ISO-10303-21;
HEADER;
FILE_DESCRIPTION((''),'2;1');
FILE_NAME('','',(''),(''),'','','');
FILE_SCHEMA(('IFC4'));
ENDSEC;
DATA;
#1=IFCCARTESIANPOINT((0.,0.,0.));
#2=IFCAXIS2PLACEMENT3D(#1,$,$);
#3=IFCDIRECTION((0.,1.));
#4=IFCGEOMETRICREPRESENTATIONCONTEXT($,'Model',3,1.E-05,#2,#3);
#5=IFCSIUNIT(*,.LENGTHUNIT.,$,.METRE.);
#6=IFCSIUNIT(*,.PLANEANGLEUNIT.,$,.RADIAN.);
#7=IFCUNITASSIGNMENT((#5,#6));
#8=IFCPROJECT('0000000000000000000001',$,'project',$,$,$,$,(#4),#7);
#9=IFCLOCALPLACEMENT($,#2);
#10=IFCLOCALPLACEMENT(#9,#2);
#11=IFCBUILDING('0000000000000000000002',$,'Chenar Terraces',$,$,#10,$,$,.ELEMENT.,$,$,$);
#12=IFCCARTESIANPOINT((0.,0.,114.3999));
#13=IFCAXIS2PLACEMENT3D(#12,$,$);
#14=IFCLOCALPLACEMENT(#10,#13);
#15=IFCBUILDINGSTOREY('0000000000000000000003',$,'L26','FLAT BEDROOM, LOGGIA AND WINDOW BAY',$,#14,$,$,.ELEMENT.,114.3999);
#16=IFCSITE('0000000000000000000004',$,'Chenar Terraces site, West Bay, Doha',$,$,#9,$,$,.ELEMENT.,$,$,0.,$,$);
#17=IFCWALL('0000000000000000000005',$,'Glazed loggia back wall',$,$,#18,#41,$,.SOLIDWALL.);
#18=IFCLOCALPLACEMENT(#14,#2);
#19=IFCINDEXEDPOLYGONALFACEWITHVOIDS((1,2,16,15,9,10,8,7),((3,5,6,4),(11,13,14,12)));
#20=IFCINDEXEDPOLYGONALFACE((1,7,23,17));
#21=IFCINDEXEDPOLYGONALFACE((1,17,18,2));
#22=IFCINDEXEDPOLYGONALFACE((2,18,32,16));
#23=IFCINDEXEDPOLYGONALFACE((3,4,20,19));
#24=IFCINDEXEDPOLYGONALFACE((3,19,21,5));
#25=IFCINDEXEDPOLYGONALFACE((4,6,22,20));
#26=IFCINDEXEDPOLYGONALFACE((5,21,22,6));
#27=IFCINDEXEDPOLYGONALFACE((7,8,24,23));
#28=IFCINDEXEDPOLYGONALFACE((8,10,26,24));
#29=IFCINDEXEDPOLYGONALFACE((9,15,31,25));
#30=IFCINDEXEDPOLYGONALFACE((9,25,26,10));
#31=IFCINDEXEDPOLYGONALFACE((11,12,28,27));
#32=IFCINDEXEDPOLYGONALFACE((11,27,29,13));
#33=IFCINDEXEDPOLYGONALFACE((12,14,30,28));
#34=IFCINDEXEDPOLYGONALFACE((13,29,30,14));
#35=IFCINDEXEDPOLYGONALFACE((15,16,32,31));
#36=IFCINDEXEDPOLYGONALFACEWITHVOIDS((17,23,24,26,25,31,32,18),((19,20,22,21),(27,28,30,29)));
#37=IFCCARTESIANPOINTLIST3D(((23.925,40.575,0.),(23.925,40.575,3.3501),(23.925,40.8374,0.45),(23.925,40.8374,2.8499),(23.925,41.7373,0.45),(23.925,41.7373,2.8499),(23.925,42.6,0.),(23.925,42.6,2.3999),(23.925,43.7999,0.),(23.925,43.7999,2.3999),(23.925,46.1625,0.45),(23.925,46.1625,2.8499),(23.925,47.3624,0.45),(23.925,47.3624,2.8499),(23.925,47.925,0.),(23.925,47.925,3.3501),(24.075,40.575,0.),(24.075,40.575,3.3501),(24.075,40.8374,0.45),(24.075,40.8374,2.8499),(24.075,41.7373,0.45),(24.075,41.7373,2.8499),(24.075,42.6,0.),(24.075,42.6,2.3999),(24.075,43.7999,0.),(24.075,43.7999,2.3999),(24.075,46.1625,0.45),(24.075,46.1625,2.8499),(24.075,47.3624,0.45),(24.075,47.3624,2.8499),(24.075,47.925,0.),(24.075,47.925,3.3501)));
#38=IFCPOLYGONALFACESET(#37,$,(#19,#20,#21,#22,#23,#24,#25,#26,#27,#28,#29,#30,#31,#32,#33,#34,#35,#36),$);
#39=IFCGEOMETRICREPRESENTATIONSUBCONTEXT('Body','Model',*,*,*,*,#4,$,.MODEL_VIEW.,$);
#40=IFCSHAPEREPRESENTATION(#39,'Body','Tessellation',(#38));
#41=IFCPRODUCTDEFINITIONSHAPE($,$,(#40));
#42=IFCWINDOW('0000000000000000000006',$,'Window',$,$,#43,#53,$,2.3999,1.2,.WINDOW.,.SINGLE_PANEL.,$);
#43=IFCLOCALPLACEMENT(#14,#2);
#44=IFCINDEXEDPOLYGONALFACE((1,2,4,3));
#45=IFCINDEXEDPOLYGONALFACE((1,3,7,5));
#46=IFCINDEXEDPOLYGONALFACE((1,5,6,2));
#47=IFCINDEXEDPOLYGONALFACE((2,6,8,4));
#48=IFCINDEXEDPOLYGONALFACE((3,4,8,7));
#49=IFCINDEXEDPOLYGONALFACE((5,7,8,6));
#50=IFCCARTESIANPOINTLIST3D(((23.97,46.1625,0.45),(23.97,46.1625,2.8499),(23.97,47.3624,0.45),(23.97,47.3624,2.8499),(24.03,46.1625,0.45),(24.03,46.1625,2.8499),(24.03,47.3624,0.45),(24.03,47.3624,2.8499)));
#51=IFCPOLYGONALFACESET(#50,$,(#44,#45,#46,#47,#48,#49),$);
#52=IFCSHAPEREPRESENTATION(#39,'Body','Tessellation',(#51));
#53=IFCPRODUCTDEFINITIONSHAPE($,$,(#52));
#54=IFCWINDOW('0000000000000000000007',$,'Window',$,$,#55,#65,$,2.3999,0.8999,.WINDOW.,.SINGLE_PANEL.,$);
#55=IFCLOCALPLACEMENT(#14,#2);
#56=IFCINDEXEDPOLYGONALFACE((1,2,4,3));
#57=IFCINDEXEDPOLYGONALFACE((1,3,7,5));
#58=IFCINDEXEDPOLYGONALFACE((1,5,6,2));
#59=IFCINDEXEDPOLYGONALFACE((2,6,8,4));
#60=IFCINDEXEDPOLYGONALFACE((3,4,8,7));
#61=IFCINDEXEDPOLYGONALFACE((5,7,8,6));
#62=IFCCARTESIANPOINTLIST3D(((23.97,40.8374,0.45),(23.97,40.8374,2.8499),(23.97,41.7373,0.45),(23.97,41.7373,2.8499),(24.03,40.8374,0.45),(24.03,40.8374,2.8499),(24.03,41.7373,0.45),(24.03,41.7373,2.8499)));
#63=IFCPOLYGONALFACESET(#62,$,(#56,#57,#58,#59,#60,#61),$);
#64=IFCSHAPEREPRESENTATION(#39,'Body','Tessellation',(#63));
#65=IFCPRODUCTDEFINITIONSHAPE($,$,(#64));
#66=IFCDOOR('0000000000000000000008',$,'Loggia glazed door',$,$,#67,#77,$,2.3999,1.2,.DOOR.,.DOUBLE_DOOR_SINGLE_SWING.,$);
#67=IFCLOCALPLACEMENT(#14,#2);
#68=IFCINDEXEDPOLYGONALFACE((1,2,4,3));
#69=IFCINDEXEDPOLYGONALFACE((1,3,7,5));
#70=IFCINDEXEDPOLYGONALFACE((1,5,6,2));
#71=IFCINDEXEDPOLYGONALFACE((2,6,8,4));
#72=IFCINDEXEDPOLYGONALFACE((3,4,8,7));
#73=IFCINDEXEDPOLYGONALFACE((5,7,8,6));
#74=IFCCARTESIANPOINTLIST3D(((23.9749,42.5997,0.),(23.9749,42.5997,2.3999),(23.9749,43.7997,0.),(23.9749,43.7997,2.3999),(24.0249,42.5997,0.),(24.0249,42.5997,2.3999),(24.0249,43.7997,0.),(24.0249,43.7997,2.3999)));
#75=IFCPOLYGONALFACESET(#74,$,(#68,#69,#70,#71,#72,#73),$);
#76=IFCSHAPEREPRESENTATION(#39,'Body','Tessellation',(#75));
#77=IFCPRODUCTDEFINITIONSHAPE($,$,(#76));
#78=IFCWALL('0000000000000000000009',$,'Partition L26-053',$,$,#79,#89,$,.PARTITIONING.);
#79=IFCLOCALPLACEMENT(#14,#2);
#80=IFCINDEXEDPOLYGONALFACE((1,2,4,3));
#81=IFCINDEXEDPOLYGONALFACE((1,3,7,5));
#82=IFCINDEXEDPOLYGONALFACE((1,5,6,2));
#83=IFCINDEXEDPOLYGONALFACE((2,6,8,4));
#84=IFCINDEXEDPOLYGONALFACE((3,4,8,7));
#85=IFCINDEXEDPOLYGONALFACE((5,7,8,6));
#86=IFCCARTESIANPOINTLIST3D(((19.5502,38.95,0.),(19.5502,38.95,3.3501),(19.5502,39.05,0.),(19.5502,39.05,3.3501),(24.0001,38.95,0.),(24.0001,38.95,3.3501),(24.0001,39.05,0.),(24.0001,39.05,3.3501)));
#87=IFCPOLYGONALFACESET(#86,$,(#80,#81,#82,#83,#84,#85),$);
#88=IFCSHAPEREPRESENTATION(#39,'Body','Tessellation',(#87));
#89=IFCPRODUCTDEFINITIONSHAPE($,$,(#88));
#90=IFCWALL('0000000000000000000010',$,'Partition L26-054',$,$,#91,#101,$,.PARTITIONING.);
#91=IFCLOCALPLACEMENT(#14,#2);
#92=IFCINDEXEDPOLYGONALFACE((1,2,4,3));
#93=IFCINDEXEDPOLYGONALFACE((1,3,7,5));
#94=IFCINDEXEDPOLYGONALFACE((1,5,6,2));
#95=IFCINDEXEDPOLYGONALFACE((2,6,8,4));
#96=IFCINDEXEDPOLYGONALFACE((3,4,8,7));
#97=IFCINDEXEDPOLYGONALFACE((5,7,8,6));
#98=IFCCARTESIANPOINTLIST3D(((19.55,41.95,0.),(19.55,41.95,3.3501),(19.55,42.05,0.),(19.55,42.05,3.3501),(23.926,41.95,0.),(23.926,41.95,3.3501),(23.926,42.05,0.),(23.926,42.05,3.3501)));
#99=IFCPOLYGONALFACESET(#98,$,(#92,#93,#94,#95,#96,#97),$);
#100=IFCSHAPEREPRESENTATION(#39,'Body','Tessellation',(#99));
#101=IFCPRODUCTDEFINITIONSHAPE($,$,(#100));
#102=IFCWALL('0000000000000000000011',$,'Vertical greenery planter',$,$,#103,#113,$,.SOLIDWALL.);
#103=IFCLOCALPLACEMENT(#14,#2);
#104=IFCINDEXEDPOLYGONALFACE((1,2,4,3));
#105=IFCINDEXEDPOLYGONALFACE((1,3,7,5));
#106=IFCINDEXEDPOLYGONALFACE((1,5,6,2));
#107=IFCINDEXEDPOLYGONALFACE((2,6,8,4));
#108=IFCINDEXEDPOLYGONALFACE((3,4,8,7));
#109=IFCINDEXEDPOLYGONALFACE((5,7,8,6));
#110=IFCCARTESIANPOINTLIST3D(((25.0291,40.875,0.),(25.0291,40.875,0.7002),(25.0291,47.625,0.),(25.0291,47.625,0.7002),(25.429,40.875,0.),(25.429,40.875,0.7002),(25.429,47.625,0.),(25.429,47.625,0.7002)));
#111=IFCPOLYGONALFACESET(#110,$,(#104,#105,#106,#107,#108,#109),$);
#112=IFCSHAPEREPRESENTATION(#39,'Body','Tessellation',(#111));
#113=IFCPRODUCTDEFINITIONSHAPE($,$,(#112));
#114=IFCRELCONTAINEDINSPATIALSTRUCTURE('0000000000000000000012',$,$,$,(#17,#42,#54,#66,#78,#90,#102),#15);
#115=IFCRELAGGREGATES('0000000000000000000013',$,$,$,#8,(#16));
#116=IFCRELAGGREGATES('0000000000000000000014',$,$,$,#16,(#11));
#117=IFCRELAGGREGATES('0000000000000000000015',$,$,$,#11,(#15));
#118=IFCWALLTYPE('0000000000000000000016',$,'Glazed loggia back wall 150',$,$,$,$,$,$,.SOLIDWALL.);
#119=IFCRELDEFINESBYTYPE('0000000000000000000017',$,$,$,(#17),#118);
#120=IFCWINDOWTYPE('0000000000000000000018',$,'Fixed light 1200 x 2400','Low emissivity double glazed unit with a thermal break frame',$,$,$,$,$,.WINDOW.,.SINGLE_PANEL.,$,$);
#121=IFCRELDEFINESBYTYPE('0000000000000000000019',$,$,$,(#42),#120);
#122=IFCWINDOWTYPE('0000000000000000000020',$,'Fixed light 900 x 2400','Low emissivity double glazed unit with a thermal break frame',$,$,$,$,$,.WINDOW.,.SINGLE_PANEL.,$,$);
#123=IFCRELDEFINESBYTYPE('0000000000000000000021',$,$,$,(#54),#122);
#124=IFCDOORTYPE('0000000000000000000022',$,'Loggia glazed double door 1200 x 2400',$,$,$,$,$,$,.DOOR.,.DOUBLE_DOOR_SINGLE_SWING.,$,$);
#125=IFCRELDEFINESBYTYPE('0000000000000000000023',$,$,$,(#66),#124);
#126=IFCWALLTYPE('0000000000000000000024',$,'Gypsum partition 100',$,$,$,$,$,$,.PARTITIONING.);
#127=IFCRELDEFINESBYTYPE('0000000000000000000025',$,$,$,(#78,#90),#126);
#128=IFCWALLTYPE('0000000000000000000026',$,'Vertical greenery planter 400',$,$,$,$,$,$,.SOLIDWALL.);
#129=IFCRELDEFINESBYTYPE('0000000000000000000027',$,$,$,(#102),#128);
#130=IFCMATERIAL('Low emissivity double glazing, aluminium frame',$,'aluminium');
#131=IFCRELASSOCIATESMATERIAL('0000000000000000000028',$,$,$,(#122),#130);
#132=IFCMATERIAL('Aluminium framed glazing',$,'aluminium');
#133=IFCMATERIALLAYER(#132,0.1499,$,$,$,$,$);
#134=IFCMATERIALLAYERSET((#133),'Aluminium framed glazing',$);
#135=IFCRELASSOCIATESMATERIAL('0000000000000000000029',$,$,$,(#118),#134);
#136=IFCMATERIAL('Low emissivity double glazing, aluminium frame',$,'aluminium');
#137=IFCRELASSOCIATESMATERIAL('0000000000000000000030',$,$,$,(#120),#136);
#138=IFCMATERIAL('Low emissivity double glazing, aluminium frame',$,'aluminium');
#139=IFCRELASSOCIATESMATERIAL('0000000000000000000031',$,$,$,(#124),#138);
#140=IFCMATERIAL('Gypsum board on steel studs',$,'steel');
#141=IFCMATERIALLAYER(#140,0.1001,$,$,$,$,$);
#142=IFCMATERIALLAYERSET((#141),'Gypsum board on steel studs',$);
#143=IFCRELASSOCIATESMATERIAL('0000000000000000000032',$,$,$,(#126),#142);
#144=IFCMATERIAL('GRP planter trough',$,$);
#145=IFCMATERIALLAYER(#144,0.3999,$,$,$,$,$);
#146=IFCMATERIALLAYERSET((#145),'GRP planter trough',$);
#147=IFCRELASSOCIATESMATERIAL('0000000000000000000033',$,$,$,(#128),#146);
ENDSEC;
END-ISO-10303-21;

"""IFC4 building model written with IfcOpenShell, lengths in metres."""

from ifc_helpers import new_model, si_unit, direction, frame, frame_2d, origin, place, context, subcontext, project, spatial, rectangle, extrude, material, layer, layer_set, type_object, element, fill, save


model = new_model("IFC4")

# Units and contexts
model_context = context("Model", 3, precision=1e-05, world=origin(), true_north=direction((0.0, 1.0)))
body_context = subcontext(model_context, "Body", "Model", "MODEL_VIEW")
ifc_project = project(units=[si_unit("LENGTHUNIT", "METRE"), si_unit("PLANEANGLEUNIT", "RADIAN")], contexts=[model_context])

# Site, building, storey
site_placement = place(None, origin())
site = spatial("IfcSite", under=ifc_project, at=site_placement, Name="Chenar Terraces site, West Bay, Doha", CompositionType="ELEMENT", RefElevation=0.0)
building_placement = place(site_placement, origin())
building = spatial("IfcBuilding", under=site, at=building_placement, Name="Chenar Terraces", CompositionType="ELEMENT")
storey_placement = place(building_placement, frame((0.0, 0.0, 114.3999)))
storey = spatial("IfcBuildingStorey", under=building, at=storey_placement, Name="L26", Description="FLAT BEDROOM, LOGGIA AND WINDOW BAY", CompositionType="ELEMENT", Elevation=114.3999)

# Shared definitions
ifc_material_1 = material(Name="Low emissivity double glazing, aluminium frame", Category="aluminium")
window_type_1 = type_object("IfcWindowType", Name="Fixed light 900 x 2400", Description="Low emissivity double glazed unit with a thermal break frame", PartitioningType="SINGLE_PANEL", PredefinedType="WINDOW", material=ifc_material_1)

# Wall, openings, windows, door
ifc_material_2 = material(Name="Aluminium framed glazing", Category="aluminium")
ifc_layer_1 = layer(ifc_material_2, 0.1499)
ifc_layer_set_1 = layer_set([ifc_layer_1], Name="Aluminium framed glazing")
wall_type_1 = type_object("IfcWallType", Name="Glazed loggia back wall 150", PredefinedType="SOLIDWALL", material=ifc_layer_set_1)
wall_1_placement = place(storey_placement, frame((24.0, 40.575, 0.0), z_axis=(0.0, 0.0, 1.0), x_axis=(0.0, 1.0, 0.0)))
wall_1 = element("IfcWall", 1, at=wall_1_placement, inside=storey, type_object=wall_type_1, Name="Glazed loggia back wall", PredefinedType="SOLIDWALL", context=body_context, shape_type="SweptSolid", body=[
    extrude(rectangle(XDim=7.3501, YDim=0.1499, at=frame_2d((3.675, 0.0))), origin(), (0.0, 0.0, 1.0), 3.3501),
])
opening_1_placement = place(wall_1_placement, frame((0.2625, 0.0, 0.45)))
opening_1 = element("IfcOpeningElement", 2, at=opening_1_placement, cuts=wall_1, PredefinedType="OPENING", context=body_context, shape_type="SweptSolid", body=[
    extrude(rectangle(XDim=0.8999, YDim=2.3999, at=frame_2d((0.45, 1.2))), frame((0.0, 0.085, 0.0), z_axis=(0.0, -1.0, 0.0), x_axis=(1.0, 0.0, 0.0)), (0.0, 0.0, 1.0), 0.1699),
])
opening_2_placement = place(wall_1_placement, frame((2.0249, 0.0, 0.0)))
opening_2 = element("IfcOpeningElement", 3, at=opening_2_placement, cuts=wall_1, PredefinedType="OPENING", context=body_context, shape_type="SweptSolid", body=[
    extrude(rectangle(XDim=1.2, YDim=2.3999, at=frame_2d((0.6001, 1.2))), frame((0.0, 0.085, 0.0), z_axis=(0.0, -1.0, 0.0), x_axis=(1.0, 0.0, 0.0)), (0.0, 0.0, 1.0), 0.1699),
])
opening_3_placement = place(wall_1_placement, frame((5.5874, 0.0, 0.45)))
opening_3 = element("IfcOpeningElement", 4, at=opening_3_placement, cuts=wall_1, PredefinedType="OPENING", context=body_context, shape_type="SweptSolid", body=[
    extrude(rectangle(XDim=1.2, YDim=2.3999, at=frame_2d((0.6001, 1.2))), frame((0.0, 0.085, 0.0), z_axis=(0.0, -1.0, 0.0), x_axis=(1.0, 0.0, 0.0)), (0.0, 0.0, 1.0), 0.1699),
])
ifc_material_3 = material(Name="Low emissivity double glazing, aluminium frame", Category="aluminium")
window_type_2 = type_object("IfcWindowType", Name="Fixed light 1200 x 2400", Description="Low emissivity double glazed unit with a thermal break frame", PartitioningType="SINGLE_PANEL", PredefinedType="WINDOW", material=ifc_material_3)
window_1_placement = place(opening_3_placement, origin())
window_1 = element("IfcWindow", 5, at=window_1_placement, inside=storey, type_object=window_type_2, Name="Window", OverallHeight=2.3999, OverallWidth=1.2, PartitioningType="SINGLE_PANEL", PredefinedType="WINDOW", context=body_context, shape_type="SweptSolid", body=[
    extrude(rectangle(XDim=1.2, YDim=2.3999, at=frame_2d((0.6001, 1.2))), frame((0.0, 0.03, 0.0), z_axis=(0.0, -1.0, 0.0), x_axis=(1.0, 0.0, 0.0)), (0.0, 0.0, 1.0), 0.0601),
])
fill(opening_3, window_1)
window_2_placement = place(opening_1_placement, origin())
window_2 = element("IfcWindow", 6, at=window_2_placement, inside=storey, type_object=window_type_1, Name="Window", OverallHeight=2.3999, OverallWidth=0.8999, PartitioningType="SINGLE_PANEL", PredefinedType="WINDOW", context=body_context, shape_type="SweptSolid", body=[
    extrude(rectangle(XDim=0.8999, YDim=2.3999, at=frame_2d((0.45, 1.2))), frame((0.0, 0.03, 0.0), z_axis=(0.0, -1.0, 0.0), x_axis=(1.0, 0.0, 0.0)), (0.0, 0.0, 1.0), 0.0601),
])
fill(opening_1, window_2)
ifc_material_4 = material(Name="Low emissivity double glazing, aluminium frame", Category="aluminium")
door_type = type_object("IfcDoorType", Name="Loggia glazed double door 1200 x 2400", OperationType="DOUBLE_DOOR_SINGLE_SWING", PredefinedType="DOOR", material=ifc_material_4)
door_placement = place(opening_2_placement, frame((1.2, 0.0, 0.0), z_axis=(0.0, 0.0, 1.0), x_axis=(-1.0, 0.0, 0.0)))
door = element("IfcDoor", 7, at=door_placement, inside=storey, type_object=door_type, Name="Loggia glazed door", OperationType="DOUBLE_DOOR_SINGLE_SWING", OverallHeight=2.3999, OverallWidth=1.2, PredefinedType="DOOR", context=body_context, shape_type="SweptSolid", body=[
    extrude(rectangle(XDim=1.2, YDim=2.3999, at=frame_2d((0.6001, 1.2))), frame((0.0, 0.0249, 0.0), z_axis=(0.0, -1.0, 0.0), x_axis=(1.0, 0.0, 0.0)), (0.0, 0.0, 1.0), 0.05),
])
fill(opening_2, door)

# Walls
ifc_material_5 = material(Name="Gypsum board on steel studs", Category="steel")
ifc_layer_2 = layer(ifc_material_5, 0.1001)
ifc_layer_set_2 = layer_set([ifc_layer_2], Name="Gypsum board on steel studs")
wall_type_2 = type_object("IfcWallType", Name="Gypsum partition 100", PredefinedType="PARTITIONING", material=ifc_layer_set_2)
wall_2_placement = place(storey_placement, frame((19.55, 39.0, 0.0), z_axis=(0.0, 0.0, 1.0), x_axis=(1.0, 0.0, 0.0)))
element("IfcWall", 8, at=wall_2_placement, inside=storey, type_object=wall_type_2, Name="Partition L26-053", PredefinedType="PARTITIONING", context=body_context, shape_type="SweptSolid", body=[
    extrude(rectangle(XDim=4.45, YDim=0.1001, at=frame_2d((2.2251, 0.0))), origin(), (0.0, 0.0, 1.0), 3.3501),
])
wall_3_placement = place(storey_placement, frame((19.55, 42.0, 0.0), z_axis=(0.0, 0.0, 1.0), x_axis=(1.0, 0.0, 0.0)))
element("IfcWall", 9, at=wall_3_placement, inside=storey, type_object=wall_type_2, Name="Partition L26-054", PredefinedType="PARTITIONING", context=body_context, shape_type="SweptSolid", body=[
    extrude(rectangle(XDim=4.376, YDim=0.1001, at=frame_2d((2.188, 0.0))), origin(), (0.0, 0.0, 1.0), 3.3501),
])
ifc_material_6 = material(Name="GRP planter trough")
ifc_layer_3 = layer(ifc_material_6, 0.3999)
ifc_layer_set_3 = layer_set([ifc_layer_3], Name="GRP planter trough")
wall_type_3 = type_object("IfcWallType", Name="Vertical greenery planter 400", PredefinedType="SOLIDWALL", material=ifc_layer_set_3)
wall_4_placement = place(storey_placement, frame((25.229, 40.875, 0.0), z_axis=(0.0, 0.0, 1.0), x_axis=(0.0, 1.0, 0.0)))
element("IfcWall", 10, at=wall_4_placement, inside=storey, type_object=wall_type_3, Name="Vertical greenery planter", PredefinedType="SOLIDWALL", context=body_context, shape_type="SweptSolid", body=[
    extrude(rectangle(XDim=6.75, YDim=0.3999, at=frame_2d((3.375, 0.0))), origin(), (0.0, 0.0, 1.0), 0.7002),
])

save(model, "model.ifc")
